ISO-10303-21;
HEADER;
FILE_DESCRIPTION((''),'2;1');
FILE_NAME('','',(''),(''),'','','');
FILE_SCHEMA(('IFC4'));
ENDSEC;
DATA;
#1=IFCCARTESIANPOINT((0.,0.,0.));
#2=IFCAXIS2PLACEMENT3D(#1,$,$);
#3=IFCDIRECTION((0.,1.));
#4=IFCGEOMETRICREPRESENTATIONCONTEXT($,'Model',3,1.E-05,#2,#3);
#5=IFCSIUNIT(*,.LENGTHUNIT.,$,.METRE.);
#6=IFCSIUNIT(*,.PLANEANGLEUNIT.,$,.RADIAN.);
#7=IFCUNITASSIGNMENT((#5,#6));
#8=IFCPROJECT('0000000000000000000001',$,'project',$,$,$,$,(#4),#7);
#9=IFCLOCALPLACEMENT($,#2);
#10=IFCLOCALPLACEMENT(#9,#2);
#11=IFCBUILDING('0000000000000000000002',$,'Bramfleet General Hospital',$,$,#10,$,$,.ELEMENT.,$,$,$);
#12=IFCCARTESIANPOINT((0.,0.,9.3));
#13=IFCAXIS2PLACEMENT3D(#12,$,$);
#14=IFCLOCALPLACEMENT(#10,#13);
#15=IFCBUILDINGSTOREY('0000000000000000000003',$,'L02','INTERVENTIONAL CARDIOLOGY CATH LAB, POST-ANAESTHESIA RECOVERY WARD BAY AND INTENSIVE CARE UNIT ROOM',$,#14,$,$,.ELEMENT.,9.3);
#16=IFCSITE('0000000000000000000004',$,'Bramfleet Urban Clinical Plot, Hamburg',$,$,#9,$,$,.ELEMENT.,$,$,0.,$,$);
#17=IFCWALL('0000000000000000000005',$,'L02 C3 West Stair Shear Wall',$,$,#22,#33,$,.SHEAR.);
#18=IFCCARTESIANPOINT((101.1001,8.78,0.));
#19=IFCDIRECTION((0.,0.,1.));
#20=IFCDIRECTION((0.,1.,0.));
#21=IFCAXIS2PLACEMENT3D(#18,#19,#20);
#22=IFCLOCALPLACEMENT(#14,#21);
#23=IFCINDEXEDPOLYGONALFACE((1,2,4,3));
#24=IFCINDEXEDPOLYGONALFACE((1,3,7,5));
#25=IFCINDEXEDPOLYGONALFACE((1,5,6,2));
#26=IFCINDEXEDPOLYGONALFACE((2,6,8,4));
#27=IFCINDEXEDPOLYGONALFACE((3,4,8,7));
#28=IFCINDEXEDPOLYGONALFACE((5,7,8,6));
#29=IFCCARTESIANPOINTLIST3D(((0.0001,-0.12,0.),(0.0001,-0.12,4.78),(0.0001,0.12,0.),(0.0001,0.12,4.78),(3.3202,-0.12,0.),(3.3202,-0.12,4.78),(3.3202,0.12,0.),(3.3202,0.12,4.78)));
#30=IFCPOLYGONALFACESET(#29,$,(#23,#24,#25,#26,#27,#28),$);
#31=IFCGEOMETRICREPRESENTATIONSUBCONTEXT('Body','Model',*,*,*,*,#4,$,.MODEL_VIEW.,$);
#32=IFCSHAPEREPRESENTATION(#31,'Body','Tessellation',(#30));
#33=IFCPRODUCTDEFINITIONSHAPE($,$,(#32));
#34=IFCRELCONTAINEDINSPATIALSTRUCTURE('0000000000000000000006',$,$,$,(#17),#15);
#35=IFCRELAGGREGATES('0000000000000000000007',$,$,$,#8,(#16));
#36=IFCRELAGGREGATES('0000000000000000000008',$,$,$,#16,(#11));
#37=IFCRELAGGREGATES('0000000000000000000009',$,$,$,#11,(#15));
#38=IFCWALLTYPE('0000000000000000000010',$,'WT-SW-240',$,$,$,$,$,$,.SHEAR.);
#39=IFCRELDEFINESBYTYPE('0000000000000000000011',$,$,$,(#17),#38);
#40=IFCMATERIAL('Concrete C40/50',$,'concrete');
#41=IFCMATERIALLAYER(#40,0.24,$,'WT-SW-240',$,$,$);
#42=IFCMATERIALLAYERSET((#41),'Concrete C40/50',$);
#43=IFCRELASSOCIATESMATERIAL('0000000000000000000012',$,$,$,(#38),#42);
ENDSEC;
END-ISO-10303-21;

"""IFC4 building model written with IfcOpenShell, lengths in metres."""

from ifc_helpers import new_model, si_unit, direction, frame, frame_2d, origin, place, context, subcontext, project, spatial, rectangle, extrude, material, layer, layer_set, type_object, element, save


model = new_model("IFC4")

# Units and contexts
model_context = context("Model", 3, precision=1e-05, world=origin(), true_north=direction((0.0, 1.0)))
body_context = subcontext(model_context, "Body", "Model", "MODEL_VIEW")
ifc_project = project(units=[si_unit("LENGTHUNIT", "METRE"), si_unit("PLANEANGLEUNIT", "RADIAN")], contexts=[model_context])

# Site, building, storey
site_placement = place(None, origin())
site = spatial("IfcSite", under=ifc_project, at=site_placement, Name="Bramfleet Urban Clinical Plot, Hamburg", CompositionType="ELEMENT", RefElevation=0.0)
building_placement = place(site_placement, origin())
building = spatial("IfcBuilding", under=site, at=building_placement, Name="Bramfleet General Hospital", CompositionType="ELEMENT")
storey_placement = place(building_placement, frame((0.0, 0.0, 9.3)))
storey = spatial("IfcBuildingStorey", under=building, at=storey_placement, Name="L02", Description="INTERVENTIONAL CARDIOLOGY CATH LAB, POST-ANAESTHESIA RECOVERY WARD BAY AND INTENSIVE CARE UNIT ROOM", CompositionType="ELEMENT", Elevation=9.3)

# Shared definitions
ifc_material_1 = material(Name="Concrete C40/50", Category="concrete")

# Wall
ifc_layer_1 = layer(ifc_material_1, 0.24, Name="WT-SW-240")
ifc_layer_set_1 = layer_set([ifc_layer_1], Name="Concrete C40/50")
wall_type_1 = type_object("IfcWallType", Name="WT-SW-240", PredefinedType="SHEAR", material=ifc_layer_set_1)
wall_1_placement = place(storey_placement, frame((101.1001, 8.78, 0.0), z_axis=(0.0, 0.0, 1.0), x_axis=(0.0, 1.0, 0.0)))
element("IfcWall", 1, at=wall_1_placement, inside=storey, type_object=wall_type_1, Name="L02 C3 West Stair Shear Wall", PredefinedType="SHEAR", context=body_context, shape_type="SweptSolid", body=[
    extrude(rectangle(XDim=3.3201, YDim=0.24, at=frame_2d((1.6602, 0.0))), origin(), (0.0, 0.0, 1.0), 4.78),
])

save(model, "model.ifc")
